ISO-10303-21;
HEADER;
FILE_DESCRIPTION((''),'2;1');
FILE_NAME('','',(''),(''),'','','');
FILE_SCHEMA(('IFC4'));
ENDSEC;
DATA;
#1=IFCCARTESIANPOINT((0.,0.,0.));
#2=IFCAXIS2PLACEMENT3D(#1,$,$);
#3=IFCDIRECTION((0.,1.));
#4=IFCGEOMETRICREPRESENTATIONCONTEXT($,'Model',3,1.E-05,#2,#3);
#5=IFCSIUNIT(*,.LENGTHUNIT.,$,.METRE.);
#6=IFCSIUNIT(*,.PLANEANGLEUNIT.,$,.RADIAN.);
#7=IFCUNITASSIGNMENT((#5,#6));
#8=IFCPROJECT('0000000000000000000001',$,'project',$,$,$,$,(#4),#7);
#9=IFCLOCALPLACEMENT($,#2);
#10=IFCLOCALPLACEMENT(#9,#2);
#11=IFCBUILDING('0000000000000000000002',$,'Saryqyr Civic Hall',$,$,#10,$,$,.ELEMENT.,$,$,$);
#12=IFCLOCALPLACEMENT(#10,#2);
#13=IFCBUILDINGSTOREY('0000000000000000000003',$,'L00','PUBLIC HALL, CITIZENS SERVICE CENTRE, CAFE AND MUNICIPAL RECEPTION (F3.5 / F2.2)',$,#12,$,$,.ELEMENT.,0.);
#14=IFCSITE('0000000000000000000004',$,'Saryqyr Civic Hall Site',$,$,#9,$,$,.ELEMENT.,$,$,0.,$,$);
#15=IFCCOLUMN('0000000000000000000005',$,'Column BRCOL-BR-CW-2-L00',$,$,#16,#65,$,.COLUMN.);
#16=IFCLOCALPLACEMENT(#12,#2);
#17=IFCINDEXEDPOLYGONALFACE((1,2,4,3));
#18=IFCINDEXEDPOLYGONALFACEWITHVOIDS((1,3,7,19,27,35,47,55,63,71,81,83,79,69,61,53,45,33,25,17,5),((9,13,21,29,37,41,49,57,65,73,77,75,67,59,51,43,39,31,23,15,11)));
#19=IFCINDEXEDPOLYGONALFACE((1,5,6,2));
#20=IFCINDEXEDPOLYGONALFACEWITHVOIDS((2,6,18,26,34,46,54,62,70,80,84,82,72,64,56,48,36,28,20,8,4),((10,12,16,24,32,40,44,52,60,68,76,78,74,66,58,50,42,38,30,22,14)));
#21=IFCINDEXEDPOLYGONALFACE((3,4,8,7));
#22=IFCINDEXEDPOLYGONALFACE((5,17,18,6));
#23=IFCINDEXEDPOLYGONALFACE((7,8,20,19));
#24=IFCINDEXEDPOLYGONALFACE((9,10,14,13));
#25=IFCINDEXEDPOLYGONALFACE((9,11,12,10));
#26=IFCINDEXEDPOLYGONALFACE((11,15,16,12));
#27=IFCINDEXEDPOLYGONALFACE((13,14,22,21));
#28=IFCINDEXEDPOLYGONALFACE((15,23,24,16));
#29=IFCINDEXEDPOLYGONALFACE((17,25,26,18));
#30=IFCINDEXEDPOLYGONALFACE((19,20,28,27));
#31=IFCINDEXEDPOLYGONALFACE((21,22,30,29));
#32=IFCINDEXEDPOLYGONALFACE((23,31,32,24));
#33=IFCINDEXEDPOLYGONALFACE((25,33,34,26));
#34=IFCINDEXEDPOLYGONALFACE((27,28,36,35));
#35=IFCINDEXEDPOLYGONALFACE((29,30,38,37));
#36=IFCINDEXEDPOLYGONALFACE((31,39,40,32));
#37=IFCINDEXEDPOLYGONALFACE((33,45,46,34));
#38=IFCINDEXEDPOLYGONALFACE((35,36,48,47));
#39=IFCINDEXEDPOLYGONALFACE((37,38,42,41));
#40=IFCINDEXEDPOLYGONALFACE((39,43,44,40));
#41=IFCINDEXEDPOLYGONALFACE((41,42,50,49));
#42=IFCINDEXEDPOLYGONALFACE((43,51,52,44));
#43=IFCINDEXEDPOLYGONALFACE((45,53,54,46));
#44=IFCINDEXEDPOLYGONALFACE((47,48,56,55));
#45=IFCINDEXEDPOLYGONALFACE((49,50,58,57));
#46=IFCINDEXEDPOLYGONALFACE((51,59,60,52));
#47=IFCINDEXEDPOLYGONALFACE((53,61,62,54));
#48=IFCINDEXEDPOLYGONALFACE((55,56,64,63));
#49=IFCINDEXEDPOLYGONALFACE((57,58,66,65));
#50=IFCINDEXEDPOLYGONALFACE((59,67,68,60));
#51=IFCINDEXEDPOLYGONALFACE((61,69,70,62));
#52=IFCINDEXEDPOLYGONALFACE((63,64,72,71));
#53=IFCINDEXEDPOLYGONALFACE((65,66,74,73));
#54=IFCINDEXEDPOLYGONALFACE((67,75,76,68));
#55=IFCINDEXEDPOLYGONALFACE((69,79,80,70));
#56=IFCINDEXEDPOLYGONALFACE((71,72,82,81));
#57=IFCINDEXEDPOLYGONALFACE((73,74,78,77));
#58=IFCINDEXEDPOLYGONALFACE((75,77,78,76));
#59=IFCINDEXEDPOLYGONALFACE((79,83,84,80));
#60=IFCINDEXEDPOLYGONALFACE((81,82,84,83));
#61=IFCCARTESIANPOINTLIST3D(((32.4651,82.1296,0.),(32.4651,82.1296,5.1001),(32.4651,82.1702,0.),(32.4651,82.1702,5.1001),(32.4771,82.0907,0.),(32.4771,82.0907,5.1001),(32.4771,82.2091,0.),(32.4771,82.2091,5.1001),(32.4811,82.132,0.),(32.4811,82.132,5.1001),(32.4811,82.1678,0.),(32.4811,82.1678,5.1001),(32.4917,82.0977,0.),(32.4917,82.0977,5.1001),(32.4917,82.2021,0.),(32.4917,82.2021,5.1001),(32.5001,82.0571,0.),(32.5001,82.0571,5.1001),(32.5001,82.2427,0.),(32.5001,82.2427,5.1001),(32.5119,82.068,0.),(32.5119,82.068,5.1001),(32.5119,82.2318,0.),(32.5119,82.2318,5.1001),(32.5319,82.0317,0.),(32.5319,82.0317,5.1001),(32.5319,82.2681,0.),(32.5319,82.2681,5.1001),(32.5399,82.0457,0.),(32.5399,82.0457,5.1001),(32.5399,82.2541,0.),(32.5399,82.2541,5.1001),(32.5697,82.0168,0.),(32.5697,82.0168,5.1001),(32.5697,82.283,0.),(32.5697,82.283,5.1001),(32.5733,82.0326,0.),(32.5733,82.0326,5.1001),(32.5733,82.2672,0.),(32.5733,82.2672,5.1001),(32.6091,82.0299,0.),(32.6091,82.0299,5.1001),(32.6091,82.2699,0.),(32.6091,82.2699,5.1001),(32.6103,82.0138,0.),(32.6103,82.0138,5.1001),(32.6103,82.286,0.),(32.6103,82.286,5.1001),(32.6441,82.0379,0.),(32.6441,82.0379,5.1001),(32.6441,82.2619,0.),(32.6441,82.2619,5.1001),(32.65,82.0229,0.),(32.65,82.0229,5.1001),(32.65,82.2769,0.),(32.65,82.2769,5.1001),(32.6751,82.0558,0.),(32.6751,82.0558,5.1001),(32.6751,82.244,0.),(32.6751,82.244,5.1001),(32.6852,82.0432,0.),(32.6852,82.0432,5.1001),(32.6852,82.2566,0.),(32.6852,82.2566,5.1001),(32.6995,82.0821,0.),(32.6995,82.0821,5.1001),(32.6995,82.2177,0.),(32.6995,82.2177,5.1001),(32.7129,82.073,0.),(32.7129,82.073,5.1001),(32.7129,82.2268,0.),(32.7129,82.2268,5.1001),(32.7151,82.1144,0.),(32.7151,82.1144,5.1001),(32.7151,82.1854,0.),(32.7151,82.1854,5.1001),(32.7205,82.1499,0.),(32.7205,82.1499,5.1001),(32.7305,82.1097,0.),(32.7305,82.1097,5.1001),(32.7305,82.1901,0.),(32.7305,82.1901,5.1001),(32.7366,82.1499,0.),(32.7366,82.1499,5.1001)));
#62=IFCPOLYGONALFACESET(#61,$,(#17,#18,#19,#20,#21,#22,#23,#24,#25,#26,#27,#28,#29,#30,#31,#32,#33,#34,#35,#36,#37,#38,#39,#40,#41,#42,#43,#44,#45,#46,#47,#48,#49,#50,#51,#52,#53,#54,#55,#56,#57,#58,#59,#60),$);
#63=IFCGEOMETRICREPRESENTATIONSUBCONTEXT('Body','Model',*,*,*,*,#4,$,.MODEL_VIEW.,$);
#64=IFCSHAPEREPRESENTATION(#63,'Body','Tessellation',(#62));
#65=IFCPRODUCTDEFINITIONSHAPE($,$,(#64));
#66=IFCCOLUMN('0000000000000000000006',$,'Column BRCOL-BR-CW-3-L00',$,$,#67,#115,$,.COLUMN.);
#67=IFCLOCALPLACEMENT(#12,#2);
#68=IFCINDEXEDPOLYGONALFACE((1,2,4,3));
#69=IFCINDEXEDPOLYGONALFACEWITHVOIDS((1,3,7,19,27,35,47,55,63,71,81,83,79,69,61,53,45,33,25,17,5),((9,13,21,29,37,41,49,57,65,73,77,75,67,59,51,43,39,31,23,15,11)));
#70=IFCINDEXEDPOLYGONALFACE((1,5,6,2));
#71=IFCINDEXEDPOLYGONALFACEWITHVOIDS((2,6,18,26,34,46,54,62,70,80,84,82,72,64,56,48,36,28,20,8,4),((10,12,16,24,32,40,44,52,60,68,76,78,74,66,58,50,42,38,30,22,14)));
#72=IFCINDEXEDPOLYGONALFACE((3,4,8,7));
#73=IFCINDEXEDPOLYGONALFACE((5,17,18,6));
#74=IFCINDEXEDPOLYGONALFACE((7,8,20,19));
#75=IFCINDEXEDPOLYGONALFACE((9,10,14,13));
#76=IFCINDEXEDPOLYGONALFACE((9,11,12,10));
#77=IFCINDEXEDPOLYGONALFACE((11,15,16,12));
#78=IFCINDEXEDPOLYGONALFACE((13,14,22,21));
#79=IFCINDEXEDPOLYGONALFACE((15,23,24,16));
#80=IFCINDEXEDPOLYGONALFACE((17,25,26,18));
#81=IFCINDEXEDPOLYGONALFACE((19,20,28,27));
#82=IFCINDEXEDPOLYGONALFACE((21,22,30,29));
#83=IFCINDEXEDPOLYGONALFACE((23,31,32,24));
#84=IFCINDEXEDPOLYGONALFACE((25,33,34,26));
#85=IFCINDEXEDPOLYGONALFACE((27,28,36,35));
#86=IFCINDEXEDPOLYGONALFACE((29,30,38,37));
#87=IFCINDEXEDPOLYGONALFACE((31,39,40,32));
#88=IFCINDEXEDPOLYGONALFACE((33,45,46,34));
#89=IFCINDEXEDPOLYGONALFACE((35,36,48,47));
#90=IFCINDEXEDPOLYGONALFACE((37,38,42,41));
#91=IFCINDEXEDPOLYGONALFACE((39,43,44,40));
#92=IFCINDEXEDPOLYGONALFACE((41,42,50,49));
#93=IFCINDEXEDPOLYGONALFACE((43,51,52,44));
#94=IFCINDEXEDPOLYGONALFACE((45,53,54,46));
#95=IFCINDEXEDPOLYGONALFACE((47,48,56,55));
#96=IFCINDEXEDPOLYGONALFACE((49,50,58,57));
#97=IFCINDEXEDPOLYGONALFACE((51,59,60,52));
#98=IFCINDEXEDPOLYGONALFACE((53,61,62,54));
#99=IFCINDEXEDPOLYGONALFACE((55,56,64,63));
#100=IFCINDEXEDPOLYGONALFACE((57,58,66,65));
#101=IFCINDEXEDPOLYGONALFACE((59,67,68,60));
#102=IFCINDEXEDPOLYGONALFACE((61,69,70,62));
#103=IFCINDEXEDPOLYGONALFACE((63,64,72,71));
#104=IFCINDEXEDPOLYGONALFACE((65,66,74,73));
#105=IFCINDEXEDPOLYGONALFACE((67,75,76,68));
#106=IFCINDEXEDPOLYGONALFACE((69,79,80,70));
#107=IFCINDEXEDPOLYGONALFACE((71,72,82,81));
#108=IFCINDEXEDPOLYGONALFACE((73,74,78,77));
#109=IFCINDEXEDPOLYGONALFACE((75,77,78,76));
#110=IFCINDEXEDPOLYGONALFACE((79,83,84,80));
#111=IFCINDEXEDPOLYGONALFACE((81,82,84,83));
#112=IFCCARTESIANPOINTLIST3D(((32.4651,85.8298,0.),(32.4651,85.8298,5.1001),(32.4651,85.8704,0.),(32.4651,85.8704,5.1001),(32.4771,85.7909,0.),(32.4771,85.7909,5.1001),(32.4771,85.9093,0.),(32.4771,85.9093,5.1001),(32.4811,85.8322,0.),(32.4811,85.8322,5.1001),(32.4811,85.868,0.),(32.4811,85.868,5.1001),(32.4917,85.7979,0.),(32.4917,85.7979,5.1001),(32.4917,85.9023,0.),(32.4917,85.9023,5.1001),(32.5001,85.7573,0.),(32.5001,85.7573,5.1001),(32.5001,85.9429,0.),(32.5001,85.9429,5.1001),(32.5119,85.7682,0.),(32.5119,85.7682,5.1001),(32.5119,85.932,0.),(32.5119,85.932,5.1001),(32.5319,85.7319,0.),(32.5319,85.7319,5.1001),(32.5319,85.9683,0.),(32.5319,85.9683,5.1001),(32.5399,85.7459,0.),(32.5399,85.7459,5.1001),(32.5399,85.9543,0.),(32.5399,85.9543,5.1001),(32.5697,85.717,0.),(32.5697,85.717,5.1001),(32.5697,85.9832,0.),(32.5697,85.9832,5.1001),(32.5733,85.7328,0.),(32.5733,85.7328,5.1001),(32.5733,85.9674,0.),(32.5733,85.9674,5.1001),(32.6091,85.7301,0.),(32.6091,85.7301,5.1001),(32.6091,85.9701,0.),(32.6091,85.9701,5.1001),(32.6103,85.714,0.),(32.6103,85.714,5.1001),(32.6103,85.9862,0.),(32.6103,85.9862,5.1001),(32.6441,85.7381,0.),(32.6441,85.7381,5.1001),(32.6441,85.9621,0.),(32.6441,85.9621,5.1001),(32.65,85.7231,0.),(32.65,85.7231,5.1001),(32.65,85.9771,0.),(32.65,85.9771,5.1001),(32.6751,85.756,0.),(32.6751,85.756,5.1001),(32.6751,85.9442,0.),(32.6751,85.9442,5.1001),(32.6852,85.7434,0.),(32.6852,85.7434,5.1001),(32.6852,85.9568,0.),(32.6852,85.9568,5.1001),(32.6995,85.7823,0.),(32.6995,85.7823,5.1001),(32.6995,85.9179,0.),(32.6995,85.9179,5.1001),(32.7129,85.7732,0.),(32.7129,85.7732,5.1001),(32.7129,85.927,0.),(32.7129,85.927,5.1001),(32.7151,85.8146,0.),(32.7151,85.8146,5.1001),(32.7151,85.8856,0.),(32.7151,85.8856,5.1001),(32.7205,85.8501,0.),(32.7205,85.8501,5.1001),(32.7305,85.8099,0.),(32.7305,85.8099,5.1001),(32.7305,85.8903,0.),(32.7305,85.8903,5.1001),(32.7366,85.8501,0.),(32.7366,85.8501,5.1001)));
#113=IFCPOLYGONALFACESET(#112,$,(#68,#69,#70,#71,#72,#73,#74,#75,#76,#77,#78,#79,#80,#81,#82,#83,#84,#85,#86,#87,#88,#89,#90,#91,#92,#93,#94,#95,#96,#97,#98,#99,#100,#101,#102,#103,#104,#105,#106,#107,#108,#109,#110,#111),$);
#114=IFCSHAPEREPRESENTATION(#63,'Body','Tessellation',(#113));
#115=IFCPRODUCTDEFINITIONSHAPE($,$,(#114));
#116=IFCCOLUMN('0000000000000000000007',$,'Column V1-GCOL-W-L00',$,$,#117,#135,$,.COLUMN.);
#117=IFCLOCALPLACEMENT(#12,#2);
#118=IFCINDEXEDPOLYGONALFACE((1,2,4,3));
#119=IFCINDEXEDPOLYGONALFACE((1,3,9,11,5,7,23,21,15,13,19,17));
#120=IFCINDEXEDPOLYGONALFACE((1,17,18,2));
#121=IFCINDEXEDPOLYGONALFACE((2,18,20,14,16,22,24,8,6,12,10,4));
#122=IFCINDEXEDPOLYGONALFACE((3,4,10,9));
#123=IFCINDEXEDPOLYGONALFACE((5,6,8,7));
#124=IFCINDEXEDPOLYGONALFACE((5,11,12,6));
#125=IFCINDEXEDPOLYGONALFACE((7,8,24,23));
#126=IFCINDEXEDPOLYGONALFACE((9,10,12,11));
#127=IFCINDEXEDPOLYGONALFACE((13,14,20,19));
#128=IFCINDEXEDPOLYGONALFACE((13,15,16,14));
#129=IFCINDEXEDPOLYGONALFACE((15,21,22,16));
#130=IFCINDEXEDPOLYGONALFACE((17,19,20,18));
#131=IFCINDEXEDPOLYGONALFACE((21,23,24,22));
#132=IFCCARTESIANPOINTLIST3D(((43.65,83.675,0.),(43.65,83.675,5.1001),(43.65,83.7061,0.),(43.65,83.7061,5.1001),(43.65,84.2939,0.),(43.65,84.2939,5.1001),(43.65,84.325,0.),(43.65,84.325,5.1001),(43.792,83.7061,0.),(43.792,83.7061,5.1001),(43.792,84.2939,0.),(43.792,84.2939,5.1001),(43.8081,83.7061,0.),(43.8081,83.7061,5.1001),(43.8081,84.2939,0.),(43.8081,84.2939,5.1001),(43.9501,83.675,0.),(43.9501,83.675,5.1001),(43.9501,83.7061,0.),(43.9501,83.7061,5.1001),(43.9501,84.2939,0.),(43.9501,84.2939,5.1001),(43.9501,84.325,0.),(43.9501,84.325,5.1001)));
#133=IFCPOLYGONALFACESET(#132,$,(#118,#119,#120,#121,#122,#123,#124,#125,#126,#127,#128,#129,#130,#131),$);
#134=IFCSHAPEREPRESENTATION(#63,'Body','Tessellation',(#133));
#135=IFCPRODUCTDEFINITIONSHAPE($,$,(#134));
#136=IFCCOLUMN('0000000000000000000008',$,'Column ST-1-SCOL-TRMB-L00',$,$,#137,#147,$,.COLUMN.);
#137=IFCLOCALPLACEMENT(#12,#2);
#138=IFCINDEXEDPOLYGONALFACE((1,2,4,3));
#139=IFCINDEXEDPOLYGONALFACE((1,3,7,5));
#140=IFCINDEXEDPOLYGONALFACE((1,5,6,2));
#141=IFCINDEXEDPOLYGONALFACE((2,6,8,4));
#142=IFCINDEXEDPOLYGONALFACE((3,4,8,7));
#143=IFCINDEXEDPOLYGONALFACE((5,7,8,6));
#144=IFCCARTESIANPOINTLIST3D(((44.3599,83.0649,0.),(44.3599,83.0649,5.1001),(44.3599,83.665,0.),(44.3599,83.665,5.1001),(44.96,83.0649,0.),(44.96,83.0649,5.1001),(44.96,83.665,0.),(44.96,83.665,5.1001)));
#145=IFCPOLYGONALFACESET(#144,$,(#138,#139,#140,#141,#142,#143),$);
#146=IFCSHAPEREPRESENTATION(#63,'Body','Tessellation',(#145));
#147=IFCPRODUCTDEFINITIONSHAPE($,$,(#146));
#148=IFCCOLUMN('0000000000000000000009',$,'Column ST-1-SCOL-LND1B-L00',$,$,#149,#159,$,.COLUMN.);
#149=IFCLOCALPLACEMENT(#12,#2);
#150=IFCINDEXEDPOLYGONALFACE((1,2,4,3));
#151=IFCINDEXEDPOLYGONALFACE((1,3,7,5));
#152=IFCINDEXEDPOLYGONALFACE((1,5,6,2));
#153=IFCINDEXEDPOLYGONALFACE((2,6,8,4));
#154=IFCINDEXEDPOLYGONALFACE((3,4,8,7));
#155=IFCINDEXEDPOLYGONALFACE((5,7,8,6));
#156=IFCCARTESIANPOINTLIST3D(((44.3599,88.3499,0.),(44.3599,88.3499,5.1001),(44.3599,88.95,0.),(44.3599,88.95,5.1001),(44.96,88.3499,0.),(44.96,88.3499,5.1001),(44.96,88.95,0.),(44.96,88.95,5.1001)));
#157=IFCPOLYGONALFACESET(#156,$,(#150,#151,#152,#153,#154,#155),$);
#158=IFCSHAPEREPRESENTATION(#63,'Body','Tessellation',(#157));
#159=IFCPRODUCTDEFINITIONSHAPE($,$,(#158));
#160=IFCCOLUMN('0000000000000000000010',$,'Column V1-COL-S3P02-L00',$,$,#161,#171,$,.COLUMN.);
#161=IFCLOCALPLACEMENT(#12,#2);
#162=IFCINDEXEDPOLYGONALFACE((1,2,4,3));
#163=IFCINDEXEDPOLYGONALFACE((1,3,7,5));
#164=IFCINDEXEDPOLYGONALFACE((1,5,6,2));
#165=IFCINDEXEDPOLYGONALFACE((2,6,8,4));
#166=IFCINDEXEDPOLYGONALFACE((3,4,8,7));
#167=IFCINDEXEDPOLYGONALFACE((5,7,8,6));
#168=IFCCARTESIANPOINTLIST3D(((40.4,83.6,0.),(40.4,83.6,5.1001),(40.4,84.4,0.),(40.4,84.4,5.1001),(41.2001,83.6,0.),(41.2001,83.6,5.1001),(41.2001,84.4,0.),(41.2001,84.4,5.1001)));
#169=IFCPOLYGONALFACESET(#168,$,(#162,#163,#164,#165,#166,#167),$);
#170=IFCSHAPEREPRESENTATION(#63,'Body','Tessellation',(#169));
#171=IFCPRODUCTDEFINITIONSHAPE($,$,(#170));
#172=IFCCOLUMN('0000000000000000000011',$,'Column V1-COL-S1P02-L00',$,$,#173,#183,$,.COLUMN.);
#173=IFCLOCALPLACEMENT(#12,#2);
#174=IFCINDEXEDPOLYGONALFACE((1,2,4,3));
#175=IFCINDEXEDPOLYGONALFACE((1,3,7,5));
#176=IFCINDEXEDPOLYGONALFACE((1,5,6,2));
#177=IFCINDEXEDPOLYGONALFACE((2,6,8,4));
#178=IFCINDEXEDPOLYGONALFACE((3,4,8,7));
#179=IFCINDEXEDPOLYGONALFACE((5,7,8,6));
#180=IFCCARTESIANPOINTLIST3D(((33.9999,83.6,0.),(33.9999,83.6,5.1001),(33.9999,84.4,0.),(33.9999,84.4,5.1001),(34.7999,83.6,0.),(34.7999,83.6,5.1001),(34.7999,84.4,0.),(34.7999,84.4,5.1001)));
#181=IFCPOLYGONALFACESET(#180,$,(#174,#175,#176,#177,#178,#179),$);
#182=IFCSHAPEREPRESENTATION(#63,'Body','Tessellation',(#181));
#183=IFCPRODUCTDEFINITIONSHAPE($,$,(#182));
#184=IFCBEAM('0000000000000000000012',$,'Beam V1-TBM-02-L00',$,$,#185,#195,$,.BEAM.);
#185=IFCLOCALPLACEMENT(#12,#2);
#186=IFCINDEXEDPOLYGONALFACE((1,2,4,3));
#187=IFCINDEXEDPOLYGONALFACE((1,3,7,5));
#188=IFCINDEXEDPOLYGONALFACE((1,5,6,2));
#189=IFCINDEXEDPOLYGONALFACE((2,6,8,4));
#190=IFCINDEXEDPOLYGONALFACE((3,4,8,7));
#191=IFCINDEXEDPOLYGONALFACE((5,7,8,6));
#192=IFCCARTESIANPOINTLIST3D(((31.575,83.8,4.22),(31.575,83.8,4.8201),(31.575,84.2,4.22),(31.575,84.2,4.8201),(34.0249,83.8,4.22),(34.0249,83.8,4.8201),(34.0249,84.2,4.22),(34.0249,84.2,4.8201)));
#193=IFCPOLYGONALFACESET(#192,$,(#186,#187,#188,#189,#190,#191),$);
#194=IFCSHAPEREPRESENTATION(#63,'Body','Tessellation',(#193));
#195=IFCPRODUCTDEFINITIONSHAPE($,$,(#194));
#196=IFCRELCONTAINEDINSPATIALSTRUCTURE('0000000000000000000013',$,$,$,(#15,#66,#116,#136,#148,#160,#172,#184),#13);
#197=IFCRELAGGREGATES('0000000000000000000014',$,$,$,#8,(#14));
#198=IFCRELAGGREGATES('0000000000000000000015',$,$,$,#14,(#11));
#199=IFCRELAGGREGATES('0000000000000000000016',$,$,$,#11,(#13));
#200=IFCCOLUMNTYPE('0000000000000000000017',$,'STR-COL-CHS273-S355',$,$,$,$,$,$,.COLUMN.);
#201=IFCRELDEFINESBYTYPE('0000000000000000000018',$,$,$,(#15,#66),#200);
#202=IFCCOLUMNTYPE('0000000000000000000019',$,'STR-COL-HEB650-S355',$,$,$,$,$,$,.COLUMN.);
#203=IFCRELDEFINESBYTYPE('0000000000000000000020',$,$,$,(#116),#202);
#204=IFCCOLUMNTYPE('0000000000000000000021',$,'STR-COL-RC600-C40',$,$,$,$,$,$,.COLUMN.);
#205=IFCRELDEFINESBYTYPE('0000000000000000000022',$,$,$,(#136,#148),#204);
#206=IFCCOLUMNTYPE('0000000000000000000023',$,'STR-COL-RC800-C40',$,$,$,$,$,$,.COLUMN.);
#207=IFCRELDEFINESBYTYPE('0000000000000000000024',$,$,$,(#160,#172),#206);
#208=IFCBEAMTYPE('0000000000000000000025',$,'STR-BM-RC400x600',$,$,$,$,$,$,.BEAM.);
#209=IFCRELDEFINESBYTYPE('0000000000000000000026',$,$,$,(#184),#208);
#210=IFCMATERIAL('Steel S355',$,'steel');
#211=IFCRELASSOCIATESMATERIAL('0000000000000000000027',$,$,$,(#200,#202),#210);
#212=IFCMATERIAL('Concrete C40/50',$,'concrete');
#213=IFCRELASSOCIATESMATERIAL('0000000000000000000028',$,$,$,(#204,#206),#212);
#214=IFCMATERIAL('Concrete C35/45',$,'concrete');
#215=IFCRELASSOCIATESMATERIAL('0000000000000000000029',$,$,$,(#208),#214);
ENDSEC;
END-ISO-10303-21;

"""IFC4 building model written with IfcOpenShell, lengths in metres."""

from ifc_helpers import new_model, si_unit, direction, frame, origin, origin_2d, place, context, subcontext, project, spatial, rectangle, hollow_circle, i_section, extrude, material, material_profile, profile_set, type_object, element, save


model = new_model("IFC4")

# Units and contexts
model_context = context("Model", 3, precision=1e-05, world=origin(), true_north=direction((0.0, 1.0)))
body_context = subcontext(model_context, "Body", "Model", "MODEL_VIEW")
ifc_project = project(units=[si_unit("LENGTHUNIT", "METRE"), si_unit("PLANEANGLEUNIT", "RADIAN")], contexts=[model_context])

# Site, building, storey
site_placement = place(None, origin())
site = spatial("IfcSite", under=ifc_project, at=site_placement, Name="Saryqyr Civic Hall Site", CompositionType="ELEMENT", RefElevation=0.0)
building_placement = place(site_placement, origin())
building = spatial("IfcBuilding", under=site, at=building_placement, Name="Saryqyr Civic Hall", CompositionType="ELEMENT")
storey_placement = place(building_placement, origin())
storey = spatial("IfcBuildingStorey", under=building, at=storey_placement, Name="L00", Description="PUBLIC HALL, CITIZENS SERVICE CENTRE, CAFE AND MUNICIPAL RECEPTION (F3.5 / F2.2)", CompositionType="ELEMENT", Elevation=0.0)

# Columns
ifc_material_1 = material(Name="Steel S355", Category="steel")
ifc_material_profile_1 = material_profile(ifc_material_1, hollow_circle(Radius=0.1365, WallThickness=0.0161, at=origin_2d()), Name="CHS 273x16")
ifc_profile_set_1 = profile_set([ifc_material_profile_1], Name="Steel S355")
column_type_1 = type_object("IfcColumnType", Name="STR-COL-CHS273-S355", PredefinedType="COLUMN", material=ifc_profile_set_1)
for number, where, z_axis, x_axis, name in (
    (1, (32.6001, 82.1499, 0.0), (0.0, 0.0, 1.0), (1.0, 0.0, 0.0), "Column BRCOL-BR-CW-2-L00"),
    (2, (32.6001, 85.8501, 0.0), (0.0, 0.0, 1.0), (1.0, 0.0, 0.0), "Column BRCOL-BR-CW-3-L00"),
):
    element("IfcColumn", number, at=place(storey_placement, frame(where, z_axis=z_axis, x_axis=x_axis)), inside=storey, type_object=column_type_1, Name=name, PredefinedType="COLUMN", context=body_context, shape_type="SweptSolid", body=[
        extrude(hollow_circle(Radius=0.1365, WallThickness=0.0161, at=origin_2d()), origin(), (0.0, 0.0, 1.0), 5.1001),
    ])
ifc_material_profile_2 = material_profile(ifc_material_1, i_section(OverallWidth=0.3, OverallDepth=0.6499, WebThickness=0.0161, FlangeThickness=0.031, at=origin_2d()), Name="HEB 650")
ifc_profile_set_2 = profile_set([ifc_material_profile_2], Name="Steel S355")
column_type_2 = type_object("IfcColumnType", Name="STR-COL-HEB650-S355", PredefinedType="COLUMN", material=ifc_profile_set_2)
column_placement = place(storey_placement, frame((43.8, 84.0, 0.0), z_axis=(0.0, 0.0, 1.0), x_axis=(1.0, 0.0, 0.0)))
element("IfcColumn", 3, at=column_placement, inside=storey, type_object=column_type_2, Name="Column V1-GCOL-W-L00", PredefinedType="COLUMN", context=body_context, shape_type="SweptSolid", body=[
    extrude(i_section(OverallWidth=0.3, OverallDepth=0.6499, WebThickness=0.0161, FlangeThickness=0.031, at=origin_2d()), origin(), (0.0, 0.0, 1.0), 5.1001),
])
ifc_material_2 = material(Name="Concrete C40/50", Category="concrete")
ifc_material_profile_3 = material_profile(ifc_material_2, rectangle(XDim=0.6001, YDim=0.6001, at=origin_2d()), Name="RC 600x600")
ifc_profile_set_3 = profile_set([ifc_material_profile_3], Name="Concrete C40/50")
column_type_3 = type_object("IfcColumnType", Name="STR-COL-RC600-C40", PredefinedType="COLUMN", material=ifc_profile_set_3)
for number, where, z_axis, x_axis, name in (
    (4, (44.6599, 83.365, 0.0), (0.0, 0.0, 1.0), (1.0, 0.0, 0.0), "Column ST-1-SCOL-TRMB-L00"),
    (5, (44.6599, 88.6499, 0.0), (0.0, 0.0, 1.0), (1.0, 0.0, 0.0), "Column ST-1-SCOL-LND1B-L00"),
):
    element("IfcColumn", number, at=place(storey_placement, frame(where, z_axis=z_axis, x_axis=x_axis)), inside=storey, type_object=column_type_3, Name=name, PredefinedType="COLUMN", context=body_context, shape_type="SweptSolid", body=[
        extrude(rectangle(XDim=0.6001, YDim=0.6001, at=origin_2d()), origin(), (0.0, 0.0, 1.0), 5.1001),
    ])
ifc_material_profile_4 = material_profile(ifc_material_2, rectangle(XDim=0.8, YDim=0.8, at=origin_2d()), Name="RC 800x800")
ifc_profile_set_4 = profile_set([ifc_material_profile_4], Name="Concrete C40/50")
column_type_4 = type_object("IfcColumnType", Name="STR-COL-RC800-C40", PredefinedType="COLUMN", material=ifc_profile_set_4)
for number, where, z_axis, x_axis, name in (
    (6, (40.8, 84.0, 0.0), (0.0, 0.0, 1.0), (1.0, 0.0, 0.0), "Column V1-COL-S3P02-L00"),
    (7, (34.3999, 84.0, 0.0), (0.0, 0.0, 1.0), (1.0, 0.0, 0.0), "Column V1-COL-S1P02-L00"),
):
    element("IfcColumn", number, at=place(storey_placement, frame(where, z_axis=z_axis, x_axis=x_axis)), inside=storey, type_object=column_type_4, Name=name, PredefinedType="COLUMN", context=body_context, shape_type="SweptSolid", body=[
        extrude(rectangle(XDim=0.8, YDim=0.8, at=origin_2d()), origin(), (0.0, 0.0, 1.0), 5.1001),
    ])

# Beam
ifc_material_3 = material(Name="Concrete C35/45", Category="concrete")
ifc_material_profile_5 = material_profile(ifc_material_3, rectangle(XDim=0.3999, YDim=0.6001, at=origin_2d()), Name="RC 400x600")
ifc_profile_set_5 = profile_set([ifc_material_profile_5], Name="Concrete C35/45")
beam_type_1 = type_object("IfcBeamType", Name="STR-BM-RC400x600", PredefinedType="BEAM", material=ifc_profile_set_5)
beam_1_placement = place(storey_placement, frame((31.575, 84.0, 4.52), z_axis=(1.0, 0.0, 0.0), x_axis=(0.0, 1.0, 0.0)))
element("IfcBeam", 8, at=beam_1_placement, inside=storey, type_object=beam_type_1, Name="Beam V1-TBM-02-L00", PredefinedType="BEAM", context=body_context, shape_type="SweptSolid", body=[
    extrude(rectangle(XDim=0.3999, YDim=0.6001, at=origin_2d()), origin(), (0.0, 0.0, 1.0), 2.45),
])

save(model, "model.ifc")
